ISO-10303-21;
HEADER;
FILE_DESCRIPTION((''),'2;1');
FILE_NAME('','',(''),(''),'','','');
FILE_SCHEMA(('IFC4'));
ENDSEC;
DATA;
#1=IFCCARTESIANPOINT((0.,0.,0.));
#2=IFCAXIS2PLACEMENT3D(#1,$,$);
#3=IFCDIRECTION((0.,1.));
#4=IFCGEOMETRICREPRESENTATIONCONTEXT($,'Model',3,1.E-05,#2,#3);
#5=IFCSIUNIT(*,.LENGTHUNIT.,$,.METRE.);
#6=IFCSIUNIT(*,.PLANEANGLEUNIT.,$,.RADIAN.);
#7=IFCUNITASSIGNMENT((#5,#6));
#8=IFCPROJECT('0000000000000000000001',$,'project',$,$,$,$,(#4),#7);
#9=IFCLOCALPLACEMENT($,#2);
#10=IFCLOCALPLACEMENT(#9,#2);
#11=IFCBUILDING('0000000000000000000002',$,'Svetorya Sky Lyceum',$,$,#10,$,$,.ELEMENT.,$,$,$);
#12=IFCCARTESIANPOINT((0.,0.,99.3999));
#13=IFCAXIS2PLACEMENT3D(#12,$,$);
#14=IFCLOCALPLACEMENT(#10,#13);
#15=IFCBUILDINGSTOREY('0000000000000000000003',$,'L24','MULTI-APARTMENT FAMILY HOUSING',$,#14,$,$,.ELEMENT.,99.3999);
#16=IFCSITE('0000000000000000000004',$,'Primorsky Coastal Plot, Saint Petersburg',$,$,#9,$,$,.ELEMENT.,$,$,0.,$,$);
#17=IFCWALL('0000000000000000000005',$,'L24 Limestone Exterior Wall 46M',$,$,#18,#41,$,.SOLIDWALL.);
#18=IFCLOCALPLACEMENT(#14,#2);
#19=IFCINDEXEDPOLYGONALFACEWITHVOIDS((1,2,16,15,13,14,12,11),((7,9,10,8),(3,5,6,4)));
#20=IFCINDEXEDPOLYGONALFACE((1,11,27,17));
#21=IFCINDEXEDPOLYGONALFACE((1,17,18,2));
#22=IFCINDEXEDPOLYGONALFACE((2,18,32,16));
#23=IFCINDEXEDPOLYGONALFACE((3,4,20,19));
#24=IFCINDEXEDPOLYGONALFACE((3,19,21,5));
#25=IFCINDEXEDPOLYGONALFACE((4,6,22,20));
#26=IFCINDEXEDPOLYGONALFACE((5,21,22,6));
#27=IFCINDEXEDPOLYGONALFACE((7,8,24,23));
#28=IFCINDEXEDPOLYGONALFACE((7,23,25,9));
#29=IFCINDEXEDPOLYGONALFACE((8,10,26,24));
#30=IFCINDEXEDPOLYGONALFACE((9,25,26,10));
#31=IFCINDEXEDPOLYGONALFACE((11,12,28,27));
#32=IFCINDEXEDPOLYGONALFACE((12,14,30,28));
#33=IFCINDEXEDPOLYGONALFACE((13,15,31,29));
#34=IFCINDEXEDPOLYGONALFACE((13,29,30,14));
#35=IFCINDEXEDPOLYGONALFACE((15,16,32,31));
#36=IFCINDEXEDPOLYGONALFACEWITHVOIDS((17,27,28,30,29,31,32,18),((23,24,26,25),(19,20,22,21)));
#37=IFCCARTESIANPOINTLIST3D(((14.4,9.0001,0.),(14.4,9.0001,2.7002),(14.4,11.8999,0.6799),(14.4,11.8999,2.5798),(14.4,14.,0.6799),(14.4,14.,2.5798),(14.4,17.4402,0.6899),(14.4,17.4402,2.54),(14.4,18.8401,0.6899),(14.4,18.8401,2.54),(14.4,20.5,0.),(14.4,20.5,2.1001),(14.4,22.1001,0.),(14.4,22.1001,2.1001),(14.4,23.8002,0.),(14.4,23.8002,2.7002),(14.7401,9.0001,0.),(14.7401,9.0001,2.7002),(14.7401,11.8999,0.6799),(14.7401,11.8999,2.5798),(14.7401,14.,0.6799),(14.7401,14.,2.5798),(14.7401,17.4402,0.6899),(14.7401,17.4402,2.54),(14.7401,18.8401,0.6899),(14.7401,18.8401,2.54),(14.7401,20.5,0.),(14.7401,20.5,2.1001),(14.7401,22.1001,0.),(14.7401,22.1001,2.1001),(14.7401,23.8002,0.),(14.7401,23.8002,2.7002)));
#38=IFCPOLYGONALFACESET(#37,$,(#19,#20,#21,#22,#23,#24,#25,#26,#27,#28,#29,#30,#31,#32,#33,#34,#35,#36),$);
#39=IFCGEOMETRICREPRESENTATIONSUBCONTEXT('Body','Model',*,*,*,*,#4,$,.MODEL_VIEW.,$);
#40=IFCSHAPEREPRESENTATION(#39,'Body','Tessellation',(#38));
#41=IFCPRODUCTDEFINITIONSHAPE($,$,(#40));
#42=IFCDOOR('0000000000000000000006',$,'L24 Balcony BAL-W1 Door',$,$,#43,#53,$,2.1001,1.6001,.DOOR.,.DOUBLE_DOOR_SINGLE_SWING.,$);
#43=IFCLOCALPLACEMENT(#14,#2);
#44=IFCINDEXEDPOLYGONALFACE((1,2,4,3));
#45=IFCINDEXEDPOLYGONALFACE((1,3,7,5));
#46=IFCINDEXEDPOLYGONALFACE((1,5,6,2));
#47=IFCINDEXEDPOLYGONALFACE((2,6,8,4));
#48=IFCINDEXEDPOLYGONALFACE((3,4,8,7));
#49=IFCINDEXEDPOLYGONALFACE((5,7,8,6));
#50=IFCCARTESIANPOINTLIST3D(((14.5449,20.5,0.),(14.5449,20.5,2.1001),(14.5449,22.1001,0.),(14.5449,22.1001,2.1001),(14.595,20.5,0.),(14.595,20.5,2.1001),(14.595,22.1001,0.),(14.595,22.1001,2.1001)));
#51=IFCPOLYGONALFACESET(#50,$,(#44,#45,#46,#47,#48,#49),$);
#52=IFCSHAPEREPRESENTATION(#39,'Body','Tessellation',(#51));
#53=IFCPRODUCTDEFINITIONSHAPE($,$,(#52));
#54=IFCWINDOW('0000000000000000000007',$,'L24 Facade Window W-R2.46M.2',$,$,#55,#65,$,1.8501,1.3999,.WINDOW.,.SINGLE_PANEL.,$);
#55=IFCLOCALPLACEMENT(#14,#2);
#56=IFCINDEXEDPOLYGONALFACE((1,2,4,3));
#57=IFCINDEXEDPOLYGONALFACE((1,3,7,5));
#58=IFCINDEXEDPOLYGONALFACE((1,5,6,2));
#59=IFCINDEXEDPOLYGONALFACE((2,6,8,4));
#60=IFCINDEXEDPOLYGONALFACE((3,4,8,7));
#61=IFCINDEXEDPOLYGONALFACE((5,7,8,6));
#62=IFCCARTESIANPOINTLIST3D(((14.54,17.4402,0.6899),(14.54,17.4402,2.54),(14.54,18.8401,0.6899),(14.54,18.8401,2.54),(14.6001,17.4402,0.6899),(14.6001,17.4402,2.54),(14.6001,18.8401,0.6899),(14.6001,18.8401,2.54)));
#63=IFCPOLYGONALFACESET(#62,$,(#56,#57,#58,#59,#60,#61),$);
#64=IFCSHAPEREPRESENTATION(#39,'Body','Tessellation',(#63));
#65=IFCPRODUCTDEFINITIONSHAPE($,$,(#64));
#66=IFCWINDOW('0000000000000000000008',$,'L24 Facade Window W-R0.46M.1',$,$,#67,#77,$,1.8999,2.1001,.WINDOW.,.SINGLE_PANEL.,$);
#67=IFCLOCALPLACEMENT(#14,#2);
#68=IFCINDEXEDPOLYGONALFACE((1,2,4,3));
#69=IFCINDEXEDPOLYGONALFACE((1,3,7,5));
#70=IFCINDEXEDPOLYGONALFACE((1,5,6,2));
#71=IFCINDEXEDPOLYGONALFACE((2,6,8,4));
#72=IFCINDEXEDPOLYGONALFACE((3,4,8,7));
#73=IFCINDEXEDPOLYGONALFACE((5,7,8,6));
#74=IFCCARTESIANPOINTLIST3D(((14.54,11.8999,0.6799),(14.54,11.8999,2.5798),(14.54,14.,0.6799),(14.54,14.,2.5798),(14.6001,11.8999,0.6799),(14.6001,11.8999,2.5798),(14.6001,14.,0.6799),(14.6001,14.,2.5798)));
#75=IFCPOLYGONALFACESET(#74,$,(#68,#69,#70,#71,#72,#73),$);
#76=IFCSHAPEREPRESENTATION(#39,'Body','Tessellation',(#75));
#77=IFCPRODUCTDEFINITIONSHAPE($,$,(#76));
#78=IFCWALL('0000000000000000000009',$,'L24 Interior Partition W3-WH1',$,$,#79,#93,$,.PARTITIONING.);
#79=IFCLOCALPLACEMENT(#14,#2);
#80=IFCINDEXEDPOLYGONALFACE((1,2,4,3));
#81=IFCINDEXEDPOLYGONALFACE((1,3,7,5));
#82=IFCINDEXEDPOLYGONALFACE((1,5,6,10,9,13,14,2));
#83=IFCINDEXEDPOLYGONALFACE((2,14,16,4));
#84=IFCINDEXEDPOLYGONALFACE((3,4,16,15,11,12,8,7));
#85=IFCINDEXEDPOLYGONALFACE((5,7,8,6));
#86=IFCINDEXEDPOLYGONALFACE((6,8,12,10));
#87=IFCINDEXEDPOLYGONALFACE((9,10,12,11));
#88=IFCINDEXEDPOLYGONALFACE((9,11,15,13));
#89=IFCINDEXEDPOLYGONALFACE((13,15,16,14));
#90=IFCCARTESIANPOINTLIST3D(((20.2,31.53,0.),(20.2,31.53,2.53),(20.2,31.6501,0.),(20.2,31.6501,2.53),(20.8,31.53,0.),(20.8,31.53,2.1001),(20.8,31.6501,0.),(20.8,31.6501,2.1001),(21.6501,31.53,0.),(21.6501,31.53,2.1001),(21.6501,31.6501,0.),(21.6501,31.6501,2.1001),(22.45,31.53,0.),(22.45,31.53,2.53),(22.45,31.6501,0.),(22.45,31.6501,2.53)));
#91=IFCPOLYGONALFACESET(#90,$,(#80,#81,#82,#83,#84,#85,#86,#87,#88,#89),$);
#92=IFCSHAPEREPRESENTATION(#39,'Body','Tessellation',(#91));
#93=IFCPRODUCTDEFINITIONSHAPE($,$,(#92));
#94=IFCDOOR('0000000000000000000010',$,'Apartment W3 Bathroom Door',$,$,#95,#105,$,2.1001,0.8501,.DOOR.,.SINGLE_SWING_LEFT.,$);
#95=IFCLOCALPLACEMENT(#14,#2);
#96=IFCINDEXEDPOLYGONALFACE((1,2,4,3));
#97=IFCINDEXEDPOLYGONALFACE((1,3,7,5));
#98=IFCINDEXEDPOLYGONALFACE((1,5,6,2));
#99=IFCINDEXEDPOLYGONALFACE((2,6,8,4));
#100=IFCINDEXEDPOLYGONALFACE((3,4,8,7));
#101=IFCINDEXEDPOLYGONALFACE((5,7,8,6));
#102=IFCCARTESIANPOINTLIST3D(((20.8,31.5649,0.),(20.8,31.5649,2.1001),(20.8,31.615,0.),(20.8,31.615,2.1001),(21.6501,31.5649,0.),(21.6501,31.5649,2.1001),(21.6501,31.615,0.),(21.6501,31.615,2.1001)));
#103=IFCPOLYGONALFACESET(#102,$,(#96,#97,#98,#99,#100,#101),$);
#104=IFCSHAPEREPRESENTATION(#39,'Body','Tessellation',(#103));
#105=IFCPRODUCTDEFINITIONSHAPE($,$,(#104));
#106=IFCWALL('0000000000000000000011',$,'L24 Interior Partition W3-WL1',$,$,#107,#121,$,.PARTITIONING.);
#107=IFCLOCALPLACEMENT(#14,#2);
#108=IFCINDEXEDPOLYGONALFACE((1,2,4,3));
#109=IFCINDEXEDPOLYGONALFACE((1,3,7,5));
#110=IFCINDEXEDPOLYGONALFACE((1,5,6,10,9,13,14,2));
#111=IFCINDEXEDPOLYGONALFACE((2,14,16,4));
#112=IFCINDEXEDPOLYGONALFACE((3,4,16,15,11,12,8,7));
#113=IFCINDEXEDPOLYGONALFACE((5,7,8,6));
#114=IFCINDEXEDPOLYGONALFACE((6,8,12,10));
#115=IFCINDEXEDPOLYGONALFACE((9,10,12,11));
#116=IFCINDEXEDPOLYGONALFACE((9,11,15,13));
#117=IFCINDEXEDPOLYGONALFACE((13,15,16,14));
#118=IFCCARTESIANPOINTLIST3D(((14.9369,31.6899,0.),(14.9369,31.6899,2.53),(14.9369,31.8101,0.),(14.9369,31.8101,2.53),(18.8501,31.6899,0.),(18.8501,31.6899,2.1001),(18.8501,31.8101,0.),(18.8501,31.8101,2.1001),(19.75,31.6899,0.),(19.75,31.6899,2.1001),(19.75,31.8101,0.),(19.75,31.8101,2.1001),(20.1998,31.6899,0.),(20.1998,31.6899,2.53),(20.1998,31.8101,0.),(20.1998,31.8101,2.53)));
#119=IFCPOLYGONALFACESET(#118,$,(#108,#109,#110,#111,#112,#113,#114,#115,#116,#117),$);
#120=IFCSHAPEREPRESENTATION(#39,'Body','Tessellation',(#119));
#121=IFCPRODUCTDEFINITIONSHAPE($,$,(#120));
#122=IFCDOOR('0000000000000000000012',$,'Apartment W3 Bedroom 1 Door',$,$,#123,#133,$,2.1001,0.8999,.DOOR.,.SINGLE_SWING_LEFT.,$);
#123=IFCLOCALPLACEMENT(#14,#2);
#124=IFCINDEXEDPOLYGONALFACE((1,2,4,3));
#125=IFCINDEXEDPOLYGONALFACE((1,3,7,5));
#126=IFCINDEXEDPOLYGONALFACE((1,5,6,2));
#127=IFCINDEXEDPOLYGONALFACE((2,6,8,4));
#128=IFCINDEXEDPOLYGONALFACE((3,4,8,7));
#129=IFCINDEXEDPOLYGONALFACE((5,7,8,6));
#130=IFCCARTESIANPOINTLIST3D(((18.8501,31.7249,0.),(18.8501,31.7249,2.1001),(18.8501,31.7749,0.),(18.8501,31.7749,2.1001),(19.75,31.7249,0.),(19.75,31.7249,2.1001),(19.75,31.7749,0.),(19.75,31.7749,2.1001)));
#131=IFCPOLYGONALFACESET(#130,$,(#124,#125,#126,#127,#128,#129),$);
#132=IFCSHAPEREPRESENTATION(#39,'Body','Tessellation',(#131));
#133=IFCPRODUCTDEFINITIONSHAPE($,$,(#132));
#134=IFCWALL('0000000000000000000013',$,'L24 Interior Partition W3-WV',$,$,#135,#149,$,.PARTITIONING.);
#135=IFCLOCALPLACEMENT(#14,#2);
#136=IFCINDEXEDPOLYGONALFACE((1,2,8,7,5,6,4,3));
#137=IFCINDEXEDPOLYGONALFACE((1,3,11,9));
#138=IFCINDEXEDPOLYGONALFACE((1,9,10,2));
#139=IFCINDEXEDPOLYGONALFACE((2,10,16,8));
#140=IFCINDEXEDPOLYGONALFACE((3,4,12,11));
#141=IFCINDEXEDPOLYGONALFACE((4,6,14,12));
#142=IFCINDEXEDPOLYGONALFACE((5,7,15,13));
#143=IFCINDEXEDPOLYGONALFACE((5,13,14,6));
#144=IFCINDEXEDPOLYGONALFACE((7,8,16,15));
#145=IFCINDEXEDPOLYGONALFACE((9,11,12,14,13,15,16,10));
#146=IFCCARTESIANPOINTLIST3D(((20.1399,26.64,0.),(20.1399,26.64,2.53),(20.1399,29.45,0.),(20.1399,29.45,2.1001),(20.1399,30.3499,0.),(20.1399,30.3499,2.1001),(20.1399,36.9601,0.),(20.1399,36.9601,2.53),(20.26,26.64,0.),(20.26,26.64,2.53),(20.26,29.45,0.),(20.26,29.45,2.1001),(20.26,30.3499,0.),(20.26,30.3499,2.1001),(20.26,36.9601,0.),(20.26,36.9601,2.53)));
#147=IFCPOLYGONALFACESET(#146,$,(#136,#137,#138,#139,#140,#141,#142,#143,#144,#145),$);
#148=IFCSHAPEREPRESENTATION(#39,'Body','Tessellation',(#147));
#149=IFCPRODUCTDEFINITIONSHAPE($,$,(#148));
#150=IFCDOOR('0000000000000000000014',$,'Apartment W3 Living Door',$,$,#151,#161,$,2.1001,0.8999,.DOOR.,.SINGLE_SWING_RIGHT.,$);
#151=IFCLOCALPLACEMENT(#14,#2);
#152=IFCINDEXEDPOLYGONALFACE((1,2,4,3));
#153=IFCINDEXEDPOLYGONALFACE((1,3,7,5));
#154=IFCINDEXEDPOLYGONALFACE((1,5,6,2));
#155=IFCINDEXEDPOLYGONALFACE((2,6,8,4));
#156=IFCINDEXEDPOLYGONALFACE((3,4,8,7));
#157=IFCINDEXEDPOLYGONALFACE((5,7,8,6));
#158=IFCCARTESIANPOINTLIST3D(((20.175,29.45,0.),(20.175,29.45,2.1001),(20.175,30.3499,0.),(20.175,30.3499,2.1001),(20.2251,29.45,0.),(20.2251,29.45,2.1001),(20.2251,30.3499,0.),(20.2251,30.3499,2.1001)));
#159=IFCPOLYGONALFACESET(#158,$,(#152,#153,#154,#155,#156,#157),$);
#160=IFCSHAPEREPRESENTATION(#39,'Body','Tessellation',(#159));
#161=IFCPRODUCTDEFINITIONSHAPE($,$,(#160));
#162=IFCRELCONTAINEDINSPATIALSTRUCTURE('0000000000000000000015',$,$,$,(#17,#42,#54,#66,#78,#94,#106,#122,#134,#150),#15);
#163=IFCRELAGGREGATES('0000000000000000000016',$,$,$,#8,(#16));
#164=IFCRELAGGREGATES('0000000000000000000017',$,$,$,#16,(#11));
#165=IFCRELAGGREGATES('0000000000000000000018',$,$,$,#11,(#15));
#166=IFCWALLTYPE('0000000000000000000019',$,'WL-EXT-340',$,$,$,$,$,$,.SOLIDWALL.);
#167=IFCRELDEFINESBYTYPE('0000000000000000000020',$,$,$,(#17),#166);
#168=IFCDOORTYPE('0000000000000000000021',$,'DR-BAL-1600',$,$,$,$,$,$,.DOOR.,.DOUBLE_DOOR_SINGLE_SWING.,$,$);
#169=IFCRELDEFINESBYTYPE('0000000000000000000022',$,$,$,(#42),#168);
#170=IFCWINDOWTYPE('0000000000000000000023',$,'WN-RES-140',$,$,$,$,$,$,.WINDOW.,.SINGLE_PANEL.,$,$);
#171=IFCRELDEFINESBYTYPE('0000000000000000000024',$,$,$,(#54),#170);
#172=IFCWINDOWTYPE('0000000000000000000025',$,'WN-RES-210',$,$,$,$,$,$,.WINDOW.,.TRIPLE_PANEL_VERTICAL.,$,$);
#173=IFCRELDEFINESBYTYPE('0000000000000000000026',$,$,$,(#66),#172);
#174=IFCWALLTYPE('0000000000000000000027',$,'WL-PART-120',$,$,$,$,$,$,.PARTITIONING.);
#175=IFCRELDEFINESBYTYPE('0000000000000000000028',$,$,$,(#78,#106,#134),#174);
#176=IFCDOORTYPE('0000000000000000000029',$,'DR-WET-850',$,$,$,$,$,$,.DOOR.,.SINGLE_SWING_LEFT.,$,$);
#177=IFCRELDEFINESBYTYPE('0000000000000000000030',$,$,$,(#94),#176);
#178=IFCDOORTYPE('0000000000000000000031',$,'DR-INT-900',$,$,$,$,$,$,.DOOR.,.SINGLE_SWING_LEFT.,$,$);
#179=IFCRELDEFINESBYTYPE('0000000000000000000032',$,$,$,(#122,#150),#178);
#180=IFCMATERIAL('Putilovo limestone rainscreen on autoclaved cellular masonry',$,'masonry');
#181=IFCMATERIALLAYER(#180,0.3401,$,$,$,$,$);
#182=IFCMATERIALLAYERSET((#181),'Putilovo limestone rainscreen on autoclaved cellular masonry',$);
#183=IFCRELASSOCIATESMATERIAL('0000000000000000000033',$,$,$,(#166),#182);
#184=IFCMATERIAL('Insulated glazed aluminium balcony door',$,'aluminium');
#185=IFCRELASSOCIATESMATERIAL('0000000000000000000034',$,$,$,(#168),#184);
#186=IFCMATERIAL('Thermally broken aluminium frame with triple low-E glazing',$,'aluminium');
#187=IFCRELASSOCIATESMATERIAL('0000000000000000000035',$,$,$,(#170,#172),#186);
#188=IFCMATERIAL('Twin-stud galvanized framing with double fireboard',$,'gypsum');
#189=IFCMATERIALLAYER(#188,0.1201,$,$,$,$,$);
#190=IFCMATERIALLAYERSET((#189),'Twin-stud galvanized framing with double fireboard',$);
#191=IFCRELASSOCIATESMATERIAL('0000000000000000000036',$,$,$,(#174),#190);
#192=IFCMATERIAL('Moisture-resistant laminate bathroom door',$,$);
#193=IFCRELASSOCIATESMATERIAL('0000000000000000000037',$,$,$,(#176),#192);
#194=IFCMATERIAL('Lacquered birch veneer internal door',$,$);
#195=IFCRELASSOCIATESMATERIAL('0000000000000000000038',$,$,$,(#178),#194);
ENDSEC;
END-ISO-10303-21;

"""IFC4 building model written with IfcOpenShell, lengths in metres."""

from ifc_helpers import new_model, si_unit, direction, frame, frame_2d, origin, place, context, subcontext, project, spatial, rectangle, extrude, material, layer, layer_set, type_object, element, fill, save


model = new_model("IFC4")

# Units and contexts
model_context = context("Model", 3, precision=1e-05, world=origin(), true_north=direction((0.0, 1.0)))
body_context = subcontext(model_context, "Body", "Model", "MODEL_VIEW")
ifc_project = project(units=[si_unit("LENGTHUNIT", "METRE"), si_unit("PLANEANGLEUNIT", "RADIAN")], contexts=[model_context])

# Site, building, storey
site_placement = place(None, origin())
site = spatial("IfcSite", under=ifc_project, at=site_placement, Name="Primorsky Coastal Plot, Saint Petersburg", CompositionType="ELEMENT", RefElevation=0.0)
building_placement = place(site_placement, origin())
building = spatial("IfcBuilding", under=site, at=building_placement, Name="Svetorya Sky Lyceum", CompositionType="ELEMENT")
storey_placement = place(building_placement, frame((0.0, 0.0, 99.3999)))
storey = spatial("IfcBuildingStorey", under=building, at=storey_placement, Name="L24", Description="MULTI-APARTMENT FAMILY HOUSING", CompositionType="ELEMENT", Elevation=99.3999)

# Shared definitions
ifc_material_1 = material(Name="Putilovo limestone rainscreen on autoclaved cellular masonry", Category="masonry")
ifc_layer_1 = layer(ifc_material_1, 0.3401)
ifc_layer_set_1 = layer_set([ifc_layer_1], Name="Putilovo limestone rainscreen on autoclaved cellular masonry")
wall_type_1 = type_object("IfcWallType", Name="WL-EXT-340", PredefinedType="SOLIDWALL", material=ifc_layer_set_1)

# Shared definitions
ifc_material_2 = material(Name="Thermally broken aluminium frame with triple low-E glazing", Category="aluminium")

# Wall, openings, door, windows
wall_1_placement = place(storey_placement, frame((14.5701, 23.8, 0.0), z_axis=(0.0, 0.0, 1.0), x_axis=(0.0, -1.0, 0.0)))
wall_1 = element("IfcWall", 1, at=wall_1_placement, inside=storey, type_object=wall_type_1, Name="L24 Limestone Exterior Wall 46M", PredefinedType="SOLIDWALL", context=body_context, shape_type="SweptSolid", body=[
    extrude(rectangle(XDim=14.8, YDim=0.3401, at=frame_2d((7.3999, 0.0))), origin(), (0.0, 0.0, 1.0), 2.7002),
])
opening_1_placement = place(wall_1_placement, frame((1.7, 0.0, 0.0)))
opening_1 = element("IfcOpeningElement", 2, at=opening_1_placement, cuts=wall_1, PredefinedType="OPENING", context=body_context, shape_type="SweptSolid", body=[
    extrude(rectangle(XDim=1.6001, YDim=2.1001, at=frame_2d((0.8, 1.05))), frame((0.0, 0.1799, 0.0), z_axis=(0.0, -1.0, 0.0), x_axis=(1.0, 0.0, 0.0)), (0.0, 0.0, 1.0), 0.3601),
])
opening_2_placement = place(wall_1_placement, frame((4.96, 0.0, 0.6899)))
opening_2 = element("IfcOpeningElement", 3, at=opening_2_placement, cuts=wall_1, PredefinedType="OPENING", context=body_context, shape_type="SweptSolid", body=[
    extrude(rectangle(XDim=1.3999, YDim=1.8501, at=frame_2d((0.7, 0.925))), frame((0.0, 0.1799, 0.0), z_axis=(0.0, -1.0, 0.0), x_axis=(1.0, 0.0, 0.0)), (0.0, 0.0, 1.0), 0.3601),
])
opening_3_placement = place(wall_1_placement, frame((9.8, 0.0, 0.6799)))
opening_3 = element("IfcOpeningElement", 4, at=opening_3_placement, cuts=wall_1, PredefinedType="OPENING", context=body_context, shape_type="SweptSolid", body=[
    extrude(rectangle(XDim=2.1001, YDim=1.8999, at=frame_2d((1.05, 0.95))), frame((0.0, 0.1799, 0.0), z_axis=(0.0, -1.0, 0.0), x_axis=(1.0, 0.0, 0.0)), (0.0, 0.0, 1.0), 0.3601),
])
ifc_material_3 = material(Name="Insulated glazed aluminium balcony door", Category="aluminium")
door_type_1 = type_object("IfcDoorType", Name="DR-BAL-1600", OperationType="DOUBLE_DOOR_SINGLE_SWING", PredefinedType="DOOR", material=ifc_material_3)
door_1_placement = place(opening_1_placement, origin())
door_1 = element("IfcDoor", 5, at=door_1_placement, inside=storey, type_object=door_type_1, Name="L24 Balcony BAL-W1 Door", OperationType="DOUBLE_DOOR_SINGLE_SWING", OverallHeight=2.1001, OverallWidth=1.6001, PredefinedType="DOOR", context=body_context, shape_type="SweptSolid", body=[
    extrude(rectangle(XDim=1.6001, YDim=2.1001, at=frame_2d((0.8, 1.05))), frame((0.0, 0.0249, 0.0), z_axis=(0.0, -1.0, 0.0), x_axis=(1.0, 0.0, 0.0)), (0.0, 0.0, 1.0), 0.05),
])
fill(opening_1, door_1)
window_type_1 = type_object("IfcWindowType", Name="WN-RES-140", PartitioningType="SINGLE_PANEL", PredefinedType="WINDOW", material=ifc_material_2)
window_1_placement = place(opening_2_placement, origin())
window_1 = element("IfcWindow", 6, at=window_1_placement, inside=storey, type_object=window_type_1, Name="L24 Facade Window W-R2.46M.2", OverallHeight=1.8501, OverallWidth=1.3999, PartitioningType="SINGLE_PANEL", PredefinedType="WINDOW", context=body_context, shape_type="SweptSolid", body=[
    extrude(rectangle(XDim=1.3999, YDim=1.8501, at=frame_2d((0.7, 0.925))), frame((0.0, 0.03, 0.0), z_axis=(0.0, -1.0, 0.0), x_axis=(1.0, 0.0, 0.0)), (0.0, 0.0, 1.0), 0.0601),
])
fill(opening_2, window_1)
window_type_2 = type_object("IfcWindowType", Name="WN-RES-210", PartitioningType="TRIPLE_PANEL_VERTICAL", PredefinedType="WINDOW", material=ifc_material_2)
window_2_placement = place(opening_3_placement, origin())
window_2 = element("IfcWindow", 7, at=window_2_placement, inside=storey, type_object=window_type_2, Name="L24 Facade Window W-R0.46M.1", OverallHeight=1.8999, OverallWidth=2.1001, PartitioningType="SINGLE_PANEL", PredefinedType="WINDOW", context=body_context, shape_type="SweptSolid", body=[
    extrude(rectangle(XDim=2.1001, YDim=1.8999, at=frame_2d((1.05, 0.95))), frame((0.0, 0.03, 0.0), z_axis=(0.0, -1.0, 0.0), x_axis=(1.0, 0.0, 0.0)), (0.0, 0.0, 1.0), 0.0601),
])
fill(opening_3, window_2)

# Walls, openings, doors
ifc_material_4 = material(Name="Twin-stud galvanized framing with double fireboard", Category="gypsum")
ifc_layer_2 = layer(ifc_material_4, 0.1201)
ifc_layer_set_2 = layer_set([ifc_layer_2], Name="Twin-stud galvanized framing with double fireboard")
wall_type_2 = type_object("IfcWallType", Name="WL-PART-120", PredefinedType="PARTITIONING", material=ifc_layer_set_2)
wall_2_placement = place(storey_placement, frame((20.2, 31.5901, 0.0), z_axis=(0.0, 0.0, 1.0), x_axis=(1.0, 0.0, 0.0)))
wall_2 = element("IfcWall", 8, at=wall_2_placement, inside=storey, type_object=wall_type_2, Name="L24 Interior Partition W3-WH1", PredefinedType="PARTITIONING", context=body_context, shape_type="SweptSolid", body=[
    extrude(rectangle(XDim=2.25, YDim=0.1201, at=frame_2d((1.125, 0.0))), origin(), (0.0, 0.0, 1.0), 2.53),
])
opening_4_placement = place(wall_2_placement, frame((0.6001, 0.0, 0.0)))
opening_4 = element("IfcOpeningElement", 9, at=opening_4_placement, cuts=wall_2, PredefinedType="OPENING", context=body_context, shape_type="SweptSolid", body=[
    extrude(rectangle(XDim=0.8501, YDim=2.1001, at=frame_2d((0.425, 1.05))), frame((0.0, 0.0701, 0.0), z_axis=(0.0, -1.0, 0.0), x_axis=(1.0, 0.0, 0.0)), (0.0, 0.0, 1.0), 0.1401),
])
ifc_material_5 = material(Name="Moisture-resistant laminate bathroom door")
door_type_2 = type_object("IfcDoorType", Name="DR-WET-850", OperationType="SINGLE_SWING_LEFT", PredefinedType="DOOR", material=ifc_material_5)
door_2_placement = place(opening_4_placement, origin())
door_2 = element("IfcDoor", 10, at=door_2_placement, inside=storey, type_object=door_type_2, Name="Apartment W3 Bathroom Door", OperationType="SINGLE_SWING_LEFT", OverallHeight=2.1001, OverallWidth=0.8501, PredefinedType="DOOR", context=body_context, shape_type="SweptSolid", body=[
    extrude(rectangle(XDim=0.8501, YDim=2.1001, at=frame_2d((0.425, 1.05))), frame((0.0, 0.0249, 0.0), z_axis=(0.0, -1.0, 0.0), x_axis=(1.0, 0.0, 0.0)), (0.0, 0.0, 1.0), 0.05),
])
fill(opening_4, door_2)
wall_3_placement = place(storey_placement, frame((14.937, 31.75, 0.0), z_axis=(0.0, 0.0, 1.0), x_axis=(1.0, 0.0, 0.0)))
wall_3 = element("IfcWall", 11, at=wall_3_placement, inside=storey, type_object=wall_type_2, Name="L24 Interior Partition W3-WL1", PredefinedType="PARTITIONING", context=body_context, shape_type="SweptSolid", body=[
    extrude(rectangle(XDim=5.2629, YDim=0.1201, at=frame_2d((2.6313, 0.0))), origin(), (0.0, 0.0, 1.0), 2.53),
])
opening_5_placement = place(wall_3_placement, frame((3.9131, 0.0, 0.0)))
opening_5 = element("IfcOpeningElement", 12, at=opening_5_placement, cuts=wall_3, PredefinedType="OPENING", context=body_context, shape_type="SweptSolid", body=[
    extrude(rectangle(XDim=0.8999, YDim=2.1001, at=frame_2d((0.45, 1.05))), frame((0.0, 0.0701, 0.0), z_axis=(0.0, -1.0, 0.0), x_axis=(1.0, 0.0, 0.0)), (0.0, 0.0, 1.0), 0.1401),
])
ifc_material_6 = material(Name="Lacquered birch veneer internal door")
door_type_3 = type_object("IfcDoorType", Name="DR-INT-900", OperationType="SINGLE_SWING_LEFT", PredefinedType="DOOR", material=ifc_material_6)
door_3_placement = place(opening_5_placement, origin())
door_3 = element("IfcDoor", 13, at=door_3_placement, inside=storey, type_object=door_type_3, Name="Apartment W3 Bedroom 1 Door", OperationType="SINGLE_SWING_LEFT", OverallHeight=2.1001, OverallWidth=0.8999, PredefinedType="DOOR", context=body_context, shape_type="SweptSolid", body=[
    extrude(rectangle(XDim=0.8999, YDim=2.1001, at=frame_2d((0.45, 1.05))), frame((0.0, 0.0249, 0.0), z_axis=(0.0, -1.0, 0.0), x_axis=(1.0, 0.0, 0.0)), (0.0, 0.0, 1.0), 0.05),
])
fill(opening_5, door_3)
wall_4_placement = place(storey_placement, frame((20.2, 26.6399, 0.0), z_axis=(0.0, 0.0, 1.0), x_axis=(0.0, 1.0, 0.0)))
wall_4 = element("IfcWall", 14, at=wall_4_placement, inside=storey, type_object=wall_type_2, Name="L24 Interior Partition W3-WV", PredefinedType="PARTITIONING", context=body_context, shape_type="SweptSolid", body=[
    extrude(rectangle(XDim=10.3201, YDim=0.1201, at=frame_2d((5.1602, 0.0))), origin(), (0.0, 0.0, 1.0), 2.53),
])
opening_6_placement = place(wall_4_placement, frame((2.8101, 0.0, 0.0)))
opening_6 = element("IfcOpeningElement", 15, at=opening_6_placement, cuts=wall_4, PredefinedType="OPENING", context=body_context, shape_type="SweptSolid", body=[
    extrude(rectangle(XDim=0.8999, YDim=2.1001, at=frame_2d((0.45, 1.05))), frame((0.0, 0.0701, 0.0), z_axis=(0.0, -1.0, 0.0), x_axis=(1.0, 0.0, 0.0)), (0.0, 0.0, 1.0), 0.1401),
])
door_4_placement = place(opening_6_placement, origin())
door_4 = element("IfcDoor", 16, at=door_4_placement, inside=storey, type_object=door_type_3, Name="Apartment W3 Living Door", OperationType="SINGLE_SWING_RIGHT", OverallHeight=2.1001, OverallWidth=0.8999, PredefinedType="DOOR", context=body_context, shape_type="SweptSolid", body=[
    extrude(rectangle(XDim=0.8999, YDim=2.1001, at=frame_2d((0.45, 1.05))), frame((0.0, 0.0249, 0.0), z_axis=(0.0, -1.0, 0.0), x_axis=(1.0, 0.0, 0.0)), (0.0, 0.0, 1.0), 0.05),
])
fill(opening_6, door_4)

save(model, "model.ifc")
